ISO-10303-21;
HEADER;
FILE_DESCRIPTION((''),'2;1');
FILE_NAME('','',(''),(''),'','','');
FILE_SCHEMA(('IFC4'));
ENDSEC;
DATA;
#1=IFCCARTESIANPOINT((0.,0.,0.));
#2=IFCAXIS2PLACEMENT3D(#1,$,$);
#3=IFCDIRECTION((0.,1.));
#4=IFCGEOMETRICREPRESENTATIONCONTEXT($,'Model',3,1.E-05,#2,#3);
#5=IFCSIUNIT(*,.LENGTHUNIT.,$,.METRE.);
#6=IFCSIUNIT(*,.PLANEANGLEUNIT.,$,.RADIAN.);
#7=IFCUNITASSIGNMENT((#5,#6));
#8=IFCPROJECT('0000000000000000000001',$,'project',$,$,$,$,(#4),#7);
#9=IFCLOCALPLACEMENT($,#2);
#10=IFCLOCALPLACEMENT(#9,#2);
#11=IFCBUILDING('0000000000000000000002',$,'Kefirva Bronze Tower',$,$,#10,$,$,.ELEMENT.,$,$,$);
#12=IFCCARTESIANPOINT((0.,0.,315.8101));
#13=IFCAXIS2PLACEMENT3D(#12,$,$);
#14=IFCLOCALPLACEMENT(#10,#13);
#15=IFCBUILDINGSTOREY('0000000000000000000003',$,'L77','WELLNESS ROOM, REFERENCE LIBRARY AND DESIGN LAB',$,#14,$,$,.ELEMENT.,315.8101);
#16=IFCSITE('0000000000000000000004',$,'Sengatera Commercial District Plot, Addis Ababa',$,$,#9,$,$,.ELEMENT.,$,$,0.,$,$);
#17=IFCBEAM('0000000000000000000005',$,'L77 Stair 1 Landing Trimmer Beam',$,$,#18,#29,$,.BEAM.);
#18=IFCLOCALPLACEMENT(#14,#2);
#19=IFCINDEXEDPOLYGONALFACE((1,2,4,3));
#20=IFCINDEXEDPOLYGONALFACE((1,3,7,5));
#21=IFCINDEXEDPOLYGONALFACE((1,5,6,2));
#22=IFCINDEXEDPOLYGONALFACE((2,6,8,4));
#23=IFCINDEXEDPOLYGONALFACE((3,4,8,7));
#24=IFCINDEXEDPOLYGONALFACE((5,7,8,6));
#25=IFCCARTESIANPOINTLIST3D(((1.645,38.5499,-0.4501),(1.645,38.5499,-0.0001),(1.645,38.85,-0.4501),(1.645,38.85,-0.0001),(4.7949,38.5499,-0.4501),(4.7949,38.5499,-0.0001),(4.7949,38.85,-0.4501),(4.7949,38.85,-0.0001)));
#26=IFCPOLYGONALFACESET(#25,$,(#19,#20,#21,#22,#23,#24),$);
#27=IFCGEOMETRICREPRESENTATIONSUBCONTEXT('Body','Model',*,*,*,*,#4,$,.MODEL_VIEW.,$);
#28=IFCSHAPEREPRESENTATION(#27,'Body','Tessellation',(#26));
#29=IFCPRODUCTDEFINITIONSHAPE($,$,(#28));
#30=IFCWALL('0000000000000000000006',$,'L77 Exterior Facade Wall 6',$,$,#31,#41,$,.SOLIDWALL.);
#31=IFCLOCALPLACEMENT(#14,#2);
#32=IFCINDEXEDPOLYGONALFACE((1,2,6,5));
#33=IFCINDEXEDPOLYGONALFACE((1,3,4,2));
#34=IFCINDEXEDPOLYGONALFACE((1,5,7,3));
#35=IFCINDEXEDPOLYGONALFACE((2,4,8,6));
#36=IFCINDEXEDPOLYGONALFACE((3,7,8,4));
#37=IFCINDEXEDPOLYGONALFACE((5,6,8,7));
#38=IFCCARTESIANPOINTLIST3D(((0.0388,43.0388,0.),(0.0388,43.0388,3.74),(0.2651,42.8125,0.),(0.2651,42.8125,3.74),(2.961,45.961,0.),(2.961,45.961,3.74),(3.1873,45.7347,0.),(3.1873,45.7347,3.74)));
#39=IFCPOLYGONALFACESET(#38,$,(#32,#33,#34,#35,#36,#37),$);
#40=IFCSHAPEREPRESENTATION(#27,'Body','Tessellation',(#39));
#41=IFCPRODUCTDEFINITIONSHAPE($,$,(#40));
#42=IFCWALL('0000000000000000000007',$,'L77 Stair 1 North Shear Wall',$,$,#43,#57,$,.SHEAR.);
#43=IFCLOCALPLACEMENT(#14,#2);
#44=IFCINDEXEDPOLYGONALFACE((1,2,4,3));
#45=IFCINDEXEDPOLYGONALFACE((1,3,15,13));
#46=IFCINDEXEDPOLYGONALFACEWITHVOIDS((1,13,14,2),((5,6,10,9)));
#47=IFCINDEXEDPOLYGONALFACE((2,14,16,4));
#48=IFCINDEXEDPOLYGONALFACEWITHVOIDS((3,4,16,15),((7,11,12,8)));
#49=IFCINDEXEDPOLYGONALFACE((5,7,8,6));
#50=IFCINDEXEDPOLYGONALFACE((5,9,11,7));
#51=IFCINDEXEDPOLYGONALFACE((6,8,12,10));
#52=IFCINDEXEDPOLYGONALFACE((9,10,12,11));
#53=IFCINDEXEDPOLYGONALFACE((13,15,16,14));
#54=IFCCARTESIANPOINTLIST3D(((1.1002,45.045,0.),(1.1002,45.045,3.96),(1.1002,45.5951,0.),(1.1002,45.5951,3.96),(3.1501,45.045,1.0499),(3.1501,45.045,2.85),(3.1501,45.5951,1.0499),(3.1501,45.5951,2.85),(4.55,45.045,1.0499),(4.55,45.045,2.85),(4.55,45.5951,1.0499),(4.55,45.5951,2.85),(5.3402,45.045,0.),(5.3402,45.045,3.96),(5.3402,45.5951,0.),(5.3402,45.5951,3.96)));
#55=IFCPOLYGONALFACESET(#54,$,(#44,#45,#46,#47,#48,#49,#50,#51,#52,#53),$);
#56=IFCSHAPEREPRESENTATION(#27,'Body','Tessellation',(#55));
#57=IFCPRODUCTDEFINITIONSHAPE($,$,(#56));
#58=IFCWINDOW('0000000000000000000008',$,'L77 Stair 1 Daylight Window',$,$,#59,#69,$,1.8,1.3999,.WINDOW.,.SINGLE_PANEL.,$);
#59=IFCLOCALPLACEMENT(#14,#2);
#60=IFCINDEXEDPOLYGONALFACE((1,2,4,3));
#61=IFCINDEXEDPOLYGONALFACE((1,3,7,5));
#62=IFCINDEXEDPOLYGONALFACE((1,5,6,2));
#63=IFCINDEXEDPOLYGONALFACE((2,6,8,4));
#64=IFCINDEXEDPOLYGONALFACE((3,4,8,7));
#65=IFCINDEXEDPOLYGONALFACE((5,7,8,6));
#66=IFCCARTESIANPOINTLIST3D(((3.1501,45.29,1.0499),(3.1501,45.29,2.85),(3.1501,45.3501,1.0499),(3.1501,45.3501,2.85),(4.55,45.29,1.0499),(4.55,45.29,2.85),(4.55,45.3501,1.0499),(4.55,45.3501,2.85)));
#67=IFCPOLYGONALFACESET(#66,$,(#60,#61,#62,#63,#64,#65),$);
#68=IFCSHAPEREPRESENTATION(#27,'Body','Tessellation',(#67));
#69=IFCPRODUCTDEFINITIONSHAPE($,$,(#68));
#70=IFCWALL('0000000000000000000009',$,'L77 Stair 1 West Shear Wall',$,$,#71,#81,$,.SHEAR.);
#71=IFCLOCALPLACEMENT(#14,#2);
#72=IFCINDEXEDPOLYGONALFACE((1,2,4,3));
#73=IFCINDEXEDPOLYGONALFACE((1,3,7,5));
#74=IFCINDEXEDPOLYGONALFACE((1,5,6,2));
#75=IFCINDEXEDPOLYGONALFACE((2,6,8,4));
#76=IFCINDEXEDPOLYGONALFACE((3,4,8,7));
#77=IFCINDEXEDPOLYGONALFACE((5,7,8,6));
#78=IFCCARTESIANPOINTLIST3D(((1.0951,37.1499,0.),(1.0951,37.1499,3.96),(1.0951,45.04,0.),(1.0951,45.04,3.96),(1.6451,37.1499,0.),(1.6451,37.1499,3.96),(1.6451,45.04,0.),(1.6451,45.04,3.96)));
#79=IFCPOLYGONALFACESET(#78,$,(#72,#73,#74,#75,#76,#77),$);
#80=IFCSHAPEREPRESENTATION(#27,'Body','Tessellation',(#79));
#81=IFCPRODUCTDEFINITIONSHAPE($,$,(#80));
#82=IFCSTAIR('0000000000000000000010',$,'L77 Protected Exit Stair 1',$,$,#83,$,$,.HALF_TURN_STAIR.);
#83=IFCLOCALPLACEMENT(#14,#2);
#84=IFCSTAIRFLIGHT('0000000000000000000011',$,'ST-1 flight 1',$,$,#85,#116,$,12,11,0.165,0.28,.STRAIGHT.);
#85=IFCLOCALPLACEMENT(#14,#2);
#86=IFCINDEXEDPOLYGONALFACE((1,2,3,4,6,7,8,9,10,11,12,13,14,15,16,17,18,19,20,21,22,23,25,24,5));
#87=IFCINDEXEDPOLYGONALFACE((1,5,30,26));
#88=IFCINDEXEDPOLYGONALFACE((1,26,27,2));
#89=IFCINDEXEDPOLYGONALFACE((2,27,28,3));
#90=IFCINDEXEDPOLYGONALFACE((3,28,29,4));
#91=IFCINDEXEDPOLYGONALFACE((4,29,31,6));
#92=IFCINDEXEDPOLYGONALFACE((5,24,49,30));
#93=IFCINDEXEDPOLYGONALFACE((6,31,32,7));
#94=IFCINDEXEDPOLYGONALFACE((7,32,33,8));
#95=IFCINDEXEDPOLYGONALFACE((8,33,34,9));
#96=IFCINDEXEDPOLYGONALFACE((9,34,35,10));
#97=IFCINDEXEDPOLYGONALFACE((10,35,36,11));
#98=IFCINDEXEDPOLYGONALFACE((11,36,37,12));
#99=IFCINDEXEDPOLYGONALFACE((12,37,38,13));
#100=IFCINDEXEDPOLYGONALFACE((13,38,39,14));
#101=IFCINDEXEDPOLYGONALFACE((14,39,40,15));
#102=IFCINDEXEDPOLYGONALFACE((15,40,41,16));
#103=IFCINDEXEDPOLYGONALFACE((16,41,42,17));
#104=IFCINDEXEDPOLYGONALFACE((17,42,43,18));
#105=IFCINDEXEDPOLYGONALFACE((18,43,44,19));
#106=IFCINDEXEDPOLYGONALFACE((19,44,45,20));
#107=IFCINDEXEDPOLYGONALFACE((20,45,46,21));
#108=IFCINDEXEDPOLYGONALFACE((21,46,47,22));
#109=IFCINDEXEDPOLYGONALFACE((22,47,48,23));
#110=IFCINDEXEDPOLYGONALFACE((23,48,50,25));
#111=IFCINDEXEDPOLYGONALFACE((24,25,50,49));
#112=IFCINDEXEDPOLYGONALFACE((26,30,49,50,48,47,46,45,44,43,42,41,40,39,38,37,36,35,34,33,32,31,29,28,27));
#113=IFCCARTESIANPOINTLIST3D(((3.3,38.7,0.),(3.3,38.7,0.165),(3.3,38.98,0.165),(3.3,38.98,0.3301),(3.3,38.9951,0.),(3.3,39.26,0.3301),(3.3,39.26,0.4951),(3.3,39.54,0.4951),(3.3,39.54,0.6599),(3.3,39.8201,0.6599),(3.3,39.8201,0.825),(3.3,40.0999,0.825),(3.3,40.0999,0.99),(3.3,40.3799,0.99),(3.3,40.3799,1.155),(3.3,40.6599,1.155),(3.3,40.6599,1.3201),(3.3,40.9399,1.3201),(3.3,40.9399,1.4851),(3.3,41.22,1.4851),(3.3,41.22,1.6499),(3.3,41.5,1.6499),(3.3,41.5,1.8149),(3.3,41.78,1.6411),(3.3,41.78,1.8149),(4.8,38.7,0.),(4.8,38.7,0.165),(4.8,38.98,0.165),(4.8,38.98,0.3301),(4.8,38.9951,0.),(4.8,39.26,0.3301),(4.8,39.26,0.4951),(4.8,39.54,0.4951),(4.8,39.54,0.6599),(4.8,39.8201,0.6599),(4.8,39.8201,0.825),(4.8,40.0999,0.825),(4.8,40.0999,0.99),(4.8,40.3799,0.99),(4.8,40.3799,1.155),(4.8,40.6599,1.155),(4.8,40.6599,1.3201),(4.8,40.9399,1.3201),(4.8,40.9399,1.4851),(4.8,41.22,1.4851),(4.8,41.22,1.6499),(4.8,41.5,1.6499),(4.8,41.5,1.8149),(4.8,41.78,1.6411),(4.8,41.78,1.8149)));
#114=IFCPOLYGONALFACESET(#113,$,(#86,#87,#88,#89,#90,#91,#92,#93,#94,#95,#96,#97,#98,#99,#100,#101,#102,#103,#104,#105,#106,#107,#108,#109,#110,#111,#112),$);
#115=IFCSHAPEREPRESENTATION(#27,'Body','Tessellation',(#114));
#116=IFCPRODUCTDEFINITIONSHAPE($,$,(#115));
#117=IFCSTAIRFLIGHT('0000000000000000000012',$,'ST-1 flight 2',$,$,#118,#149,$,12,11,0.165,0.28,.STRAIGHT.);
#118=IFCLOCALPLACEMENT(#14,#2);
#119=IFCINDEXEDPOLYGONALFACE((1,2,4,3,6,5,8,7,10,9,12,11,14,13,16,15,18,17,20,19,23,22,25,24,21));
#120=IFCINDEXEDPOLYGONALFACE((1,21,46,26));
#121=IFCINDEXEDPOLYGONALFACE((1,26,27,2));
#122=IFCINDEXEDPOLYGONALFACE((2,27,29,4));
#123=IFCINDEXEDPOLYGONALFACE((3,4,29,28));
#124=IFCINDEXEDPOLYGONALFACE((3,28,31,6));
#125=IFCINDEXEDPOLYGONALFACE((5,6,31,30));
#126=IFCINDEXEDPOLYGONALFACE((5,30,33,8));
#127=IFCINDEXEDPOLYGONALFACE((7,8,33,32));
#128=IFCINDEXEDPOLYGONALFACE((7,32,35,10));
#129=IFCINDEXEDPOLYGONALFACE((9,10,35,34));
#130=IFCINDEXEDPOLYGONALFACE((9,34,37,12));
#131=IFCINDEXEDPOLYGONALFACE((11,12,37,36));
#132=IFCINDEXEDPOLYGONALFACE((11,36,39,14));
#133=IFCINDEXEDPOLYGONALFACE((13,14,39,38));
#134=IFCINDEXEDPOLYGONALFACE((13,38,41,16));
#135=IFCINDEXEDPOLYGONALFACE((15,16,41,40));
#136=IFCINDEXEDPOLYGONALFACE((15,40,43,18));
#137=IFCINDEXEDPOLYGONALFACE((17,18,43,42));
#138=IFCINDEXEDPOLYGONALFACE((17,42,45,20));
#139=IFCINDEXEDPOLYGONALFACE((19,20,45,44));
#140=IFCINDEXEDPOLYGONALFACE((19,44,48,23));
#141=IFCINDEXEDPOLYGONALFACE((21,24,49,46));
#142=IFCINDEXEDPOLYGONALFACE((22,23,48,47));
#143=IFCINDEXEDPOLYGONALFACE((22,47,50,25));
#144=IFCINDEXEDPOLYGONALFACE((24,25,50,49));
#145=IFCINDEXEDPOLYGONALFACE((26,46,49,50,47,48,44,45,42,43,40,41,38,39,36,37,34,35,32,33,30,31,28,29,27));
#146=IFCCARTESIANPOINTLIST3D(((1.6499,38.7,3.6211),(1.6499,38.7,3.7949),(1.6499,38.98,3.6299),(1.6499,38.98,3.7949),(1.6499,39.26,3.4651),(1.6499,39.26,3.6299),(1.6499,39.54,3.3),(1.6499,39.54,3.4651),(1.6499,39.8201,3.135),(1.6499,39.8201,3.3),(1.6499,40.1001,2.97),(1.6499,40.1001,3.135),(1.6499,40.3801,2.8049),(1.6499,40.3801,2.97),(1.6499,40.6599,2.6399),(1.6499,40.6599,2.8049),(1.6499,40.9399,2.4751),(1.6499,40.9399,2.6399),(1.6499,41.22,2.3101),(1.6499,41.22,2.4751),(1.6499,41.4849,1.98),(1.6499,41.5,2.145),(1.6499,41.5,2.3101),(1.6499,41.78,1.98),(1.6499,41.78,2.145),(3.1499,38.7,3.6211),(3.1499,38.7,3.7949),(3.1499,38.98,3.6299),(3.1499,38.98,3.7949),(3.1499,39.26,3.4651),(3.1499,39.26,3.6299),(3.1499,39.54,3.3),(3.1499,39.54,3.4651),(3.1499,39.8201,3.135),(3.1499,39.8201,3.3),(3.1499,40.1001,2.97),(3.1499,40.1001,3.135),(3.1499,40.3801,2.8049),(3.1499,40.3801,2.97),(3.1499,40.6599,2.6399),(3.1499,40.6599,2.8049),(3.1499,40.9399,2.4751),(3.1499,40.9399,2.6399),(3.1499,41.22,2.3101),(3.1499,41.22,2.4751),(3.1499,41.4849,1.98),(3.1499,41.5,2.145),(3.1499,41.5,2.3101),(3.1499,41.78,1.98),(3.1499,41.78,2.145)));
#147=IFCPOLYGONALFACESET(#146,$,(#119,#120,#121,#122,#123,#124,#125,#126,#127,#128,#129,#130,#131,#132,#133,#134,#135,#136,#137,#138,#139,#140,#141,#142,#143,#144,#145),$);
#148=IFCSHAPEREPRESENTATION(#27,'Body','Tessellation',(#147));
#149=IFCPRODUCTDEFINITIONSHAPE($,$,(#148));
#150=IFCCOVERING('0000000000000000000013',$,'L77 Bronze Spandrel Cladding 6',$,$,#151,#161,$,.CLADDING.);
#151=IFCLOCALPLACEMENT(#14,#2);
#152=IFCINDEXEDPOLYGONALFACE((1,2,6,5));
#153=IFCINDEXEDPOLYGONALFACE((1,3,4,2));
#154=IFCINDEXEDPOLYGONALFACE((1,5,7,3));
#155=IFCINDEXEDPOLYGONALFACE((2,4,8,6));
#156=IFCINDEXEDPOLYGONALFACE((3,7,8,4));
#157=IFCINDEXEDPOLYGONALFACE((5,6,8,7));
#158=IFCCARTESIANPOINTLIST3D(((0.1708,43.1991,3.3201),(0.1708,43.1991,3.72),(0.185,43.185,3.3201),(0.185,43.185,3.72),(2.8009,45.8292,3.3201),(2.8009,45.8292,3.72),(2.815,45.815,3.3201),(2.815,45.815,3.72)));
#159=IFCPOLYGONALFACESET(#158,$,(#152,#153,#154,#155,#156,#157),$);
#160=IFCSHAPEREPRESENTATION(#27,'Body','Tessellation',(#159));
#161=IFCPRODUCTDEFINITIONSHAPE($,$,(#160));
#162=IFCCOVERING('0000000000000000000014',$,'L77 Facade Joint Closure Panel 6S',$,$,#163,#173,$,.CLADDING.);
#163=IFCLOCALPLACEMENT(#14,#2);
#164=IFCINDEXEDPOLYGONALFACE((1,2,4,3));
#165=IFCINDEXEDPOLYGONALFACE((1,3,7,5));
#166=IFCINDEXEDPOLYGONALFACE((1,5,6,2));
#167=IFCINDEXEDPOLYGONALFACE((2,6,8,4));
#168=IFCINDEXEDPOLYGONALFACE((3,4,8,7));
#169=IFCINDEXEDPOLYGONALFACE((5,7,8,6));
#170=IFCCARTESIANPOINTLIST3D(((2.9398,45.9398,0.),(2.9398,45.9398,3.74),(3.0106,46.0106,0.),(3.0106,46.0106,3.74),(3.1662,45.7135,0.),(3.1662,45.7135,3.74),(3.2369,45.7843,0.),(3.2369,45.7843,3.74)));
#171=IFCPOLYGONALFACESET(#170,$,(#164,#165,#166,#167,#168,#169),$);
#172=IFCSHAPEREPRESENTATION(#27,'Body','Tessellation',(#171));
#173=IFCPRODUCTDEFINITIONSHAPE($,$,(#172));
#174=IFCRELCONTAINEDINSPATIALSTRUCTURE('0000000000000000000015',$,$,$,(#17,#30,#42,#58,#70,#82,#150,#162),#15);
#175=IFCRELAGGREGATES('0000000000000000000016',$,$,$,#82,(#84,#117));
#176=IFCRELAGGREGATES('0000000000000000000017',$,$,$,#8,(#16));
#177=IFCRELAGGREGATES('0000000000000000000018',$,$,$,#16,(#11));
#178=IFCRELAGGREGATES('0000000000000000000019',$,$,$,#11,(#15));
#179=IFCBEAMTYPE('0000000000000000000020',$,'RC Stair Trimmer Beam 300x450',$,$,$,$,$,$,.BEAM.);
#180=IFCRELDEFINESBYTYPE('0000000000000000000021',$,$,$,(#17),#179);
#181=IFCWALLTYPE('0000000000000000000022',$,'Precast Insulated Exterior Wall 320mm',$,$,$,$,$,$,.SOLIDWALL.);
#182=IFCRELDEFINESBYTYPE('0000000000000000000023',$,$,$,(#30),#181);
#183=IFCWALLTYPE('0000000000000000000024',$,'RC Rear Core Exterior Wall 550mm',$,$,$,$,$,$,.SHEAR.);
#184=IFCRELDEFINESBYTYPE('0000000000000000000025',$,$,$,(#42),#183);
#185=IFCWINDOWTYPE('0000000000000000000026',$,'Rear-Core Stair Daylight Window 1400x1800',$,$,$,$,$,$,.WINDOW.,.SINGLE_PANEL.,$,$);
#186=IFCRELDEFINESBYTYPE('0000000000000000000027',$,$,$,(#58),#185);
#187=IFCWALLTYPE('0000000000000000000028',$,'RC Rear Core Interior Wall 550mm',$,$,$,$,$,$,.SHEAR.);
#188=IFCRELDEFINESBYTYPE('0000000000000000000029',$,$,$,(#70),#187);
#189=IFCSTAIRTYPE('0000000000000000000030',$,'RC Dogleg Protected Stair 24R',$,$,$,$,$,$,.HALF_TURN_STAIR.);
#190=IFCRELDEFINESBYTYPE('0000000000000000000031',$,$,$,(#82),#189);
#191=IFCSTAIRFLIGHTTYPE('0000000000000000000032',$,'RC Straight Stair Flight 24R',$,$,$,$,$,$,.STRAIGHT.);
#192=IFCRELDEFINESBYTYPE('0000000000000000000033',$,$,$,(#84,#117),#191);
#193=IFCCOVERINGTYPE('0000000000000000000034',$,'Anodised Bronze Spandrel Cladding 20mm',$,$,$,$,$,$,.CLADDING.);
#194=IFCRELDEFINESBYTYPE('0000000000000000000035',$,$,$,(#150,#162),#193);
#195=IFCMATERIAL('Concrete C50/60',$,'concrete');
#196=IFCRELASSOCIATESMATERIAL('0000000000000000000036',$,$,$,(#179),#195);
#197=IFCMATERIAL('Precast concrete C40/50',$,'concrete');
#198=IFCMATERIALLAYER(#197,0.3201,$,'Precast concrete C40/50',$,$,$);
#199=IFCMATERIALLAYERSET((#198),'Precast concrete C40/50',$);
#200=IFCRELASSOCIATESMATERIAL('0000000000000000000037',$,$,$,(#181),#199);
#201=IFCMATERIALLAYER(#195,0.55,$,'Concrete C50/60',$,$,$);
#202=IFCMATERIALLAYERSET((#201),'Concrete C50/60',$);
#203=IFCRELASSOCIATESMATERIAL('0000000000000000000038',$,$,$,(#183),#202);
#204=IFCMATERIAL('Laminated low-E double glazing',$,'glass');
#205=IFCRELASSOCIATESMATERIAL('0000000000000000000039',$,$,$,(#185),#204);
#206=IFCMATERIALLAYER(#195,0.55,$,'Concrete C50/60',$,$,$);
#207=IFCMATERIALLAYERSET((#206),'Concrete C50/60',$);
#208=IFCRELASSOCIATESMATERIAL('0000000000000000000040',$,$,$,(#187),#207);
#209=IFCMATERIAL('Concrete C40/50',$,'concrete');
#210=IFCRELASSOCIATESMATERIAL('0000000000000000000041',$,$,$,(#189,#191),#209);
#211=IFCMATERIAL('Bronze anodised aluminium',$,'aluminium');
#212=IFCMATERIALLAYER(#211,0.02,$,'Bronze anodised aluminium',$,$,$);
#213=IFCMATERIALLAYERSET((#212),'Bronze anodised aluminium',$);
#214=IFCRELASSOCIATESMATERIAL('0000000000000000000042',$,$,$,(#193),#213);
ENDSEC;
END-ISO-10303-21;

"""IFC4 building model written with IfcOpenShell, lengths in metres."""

from ifc_helpers import new_model, si_unit, direction, frame, frame_2d, origin, origin_2d, place, context, subcontext, project, spatial, polyline, rectangle, outline, extrude, material, layer, layer_set, material_profile, profile_set, type_object, element, fill, aggregate, save


model = new_model("IFC4")

# Units and contexts
model_context = context("Model", 3, precision=1e-05, world=origin(), true_north=direction((0.0, 1.0)))
body_context = subcontext(model_context, "Body", "Model", "MODEL_VIEW")
ifc_project = project(units=[si_unit("LENGTHUNIT", "METRE"), si_unit("PLANEANGLEUNIT", "RADIAN")], contexts=[model_context])

# Site, building, storey
site_placement = place(None, origin())
site = spatial("IfcSite", under=ifc_project, at=site_placement, Name="Sengatera Commercial District Plot, Addis Ababa", CompositionType="ELEMENT", RefElevation=0.0)
building_placement = place(site_placement, origin())
building = spatial("IfcBuilding", under=site, at=building_placement, Name="Kefirva Bronze Tower", CompositionType="ELEMENT")
storey_placement = place(building_placement, frame((0.0, 0.0, 315.8101)))
storey = spatial("IfcBuildingStorey", under=building, at=storey_placement, Name="L77", Description="WELLNESS ROOM, REFERENCE LIBRARY AND DESIGN LAB", CompositionType="ELEMENT", Elevation=315.8101)

# Beam
ifc_material_1 = material(Name="Concrete C50/60", Category="concrete")
ifc_material_profile = material_profile(ifc_material_1, rectangle(XDim=0.3, YDim=0.45, at=origin_2d()), Name="RC 300x450")
ifc_profile_set = profile_set([ifc_material_profile], Name="Concrete C50/60")
beam_type = type_object("IfcBeamType", Name="RC Stair Trimmer Beam 300x450", PredefinedType="BEAM", material=ifc_profile_set)
beam_placement = place(storey_placement, frame((1.645, 38.7, -0.2251), z_axis=(1.0, 0.0, 0.0), x_axis=(0.0, 1.0, 0.0)))
element("IfcBeam", 1, at=beam_placement, inside=storey, type_object=beam_type, Name="L77 Stair 1 Landing Trimmer Beam", PredefinedType="BEAM", context=body_context, shape_type="SweptSolid", body=[
    extrude(rectangle(XDim=0.3, YDim=0.45, at=origin_2d()), origin(), (0.0, 0.0, 1.0), 3.1499),
])

# Wall
ifc_material_2 = material(Name="Precast concrete C40/50", Category="concrete")
ifc_layer_1 = layer(ifc_material_2, 0.3201, Name="Precast concrete C40/50")
ifc_layer_set_1 = layer_set([ifc_layer_1], Name="Precast concrete C40/50")
wall_type_1 = type_object("IfcWallType", Name="Precast Insulated Exterior Wall 320mm", PredefinedType="SOLIDWALL", material=ifc_layer_set_1)
wall_1_placement = place(storey_placement, frame((3.0742, 45.8479, 0.0), z_axis=(0.0, 0.0, 1.0), x_axis=(-0.707107, -0.707107, 0.0)))
element("IfcWall", 2, at=wall_1_placement, inside=storey, type_object=wall_type_1, Name="L77 Exterior Facade Wall 6", PredefinedType="SOLIDWALL", context=body_context, shape_type="SweptSolid", body=[
    extrude(rectangle(XDim=4.1326, YDim=0.3201, at=frame_2d((2.0664, 0.0))), origin(), (0.0, 0.0, 1.0), 3.74),
])

# Wall, opening, window
ifc_layer_2 = layer(ifc_material_1, 0.55, Name="Concrete C50/60")
ifc_layer_set_2 = layer_set([ifc_layer_2], Name="Concrete C50/60")
wall_type_2 = type_object("IfcWallType", Name="RC Rear Core Exterior Wall 550mm", PredefinedType="SHEAR", material=ifc_layer_set_2)
wall_2_placement = place(storey_placement, frame((1.1001, 45.3201, 0.0), z_axis=(0.0, 0.0, 1.0), x_axis=(1.0, 0.0, 0.0)))
wall_2 = element("IfcWall", 3, at=wall_2_placement, inside=storey, type_object=wall_type_2, Name="L77 Stair 1 North Shear Wall", PredefinedType="SHEAR", context=body_context, shape_type="SweptSolid", body=[
    extrude(rectangle(XDim=4.24, YDim=0.55, at=frame_2d((2.1201, 0.0))), origin(), (0.0, 0.0, 1.0), 3.96),
])
opening_1_placement = place(wall_2_placement, frame((2.05, 0.0, 1.05)))
opening_1 = element("IfcOpeningElement", 4, at=opening_1_placement, cuts=wall_2, PredefinedType="OPENING", context=body_context, shape_type="SweptSolid", body=[
    extrude(rectangle(XDim=1.3999, YDim=1.8, at=frame_2d((0.7, 0.8999))), frame((0.0, 0.2852, 0.0), z_axis=(0.0, -1.0, 0.0), x_axis=(1.0, 0.0, 0.0)), (0.0, 0.0, 1.0), 0.5701),
])
ifc_material_3 = material(Name="Laminated low-E double glazing", Category="glass")
window_type = type_object("IfcWindowType", Name="Rear-Core Stair Daylight Window 1400x1800", PartitioningType="SINGLE_PANEL", PredefinedType="WINDOW", material=ifc_material_3)
window_placement = place(opening_1_placement, origin())
window = element("IfcWindow", 5, at=window_placement, inside=storey, type_object=window_type, Name="L77 Stair 1 Daylight Window", OverallHeight=1.8, OverallWidth=1.3999, PartitioningType="SINGLE_PANEL", PredefinedType="WINDOW", context=body_context, shape_type="SweptSolid", body=[
    extrude(rectangle(XDim=1.3999, YDim=1.8, at=frame_2d((0.7, 0.8999))), frame((0.0, 0.03, 0.0), z_axis=(0.0, -1.0, 0.0), x_axis=(1.0, 0.0, 0.0)), (0.0, 0.0, 1.0), 0.0601),
])
fill(opening_1, window)

# Wall
ifc_layer_3 = layer(ifc_material_1, 0.55, Name="Concrete C50/60")
ifc_layer_set_3 = layer_set([ifc_layer_3], Name="Concrete C50/60")
wall_type_3 = type_object("IfcWallType", Name="RC Rear Core Interior Wall 550mm", PredefinedType="SHEAR", material=ifc_layer_set_3)
wall_3_placement = place(storey_placement, frame((1.3701, 37.1499, 0.0), z_axis=(0.0, 0.0, 1.0), x_axis=(0.0, 1.0, 0.0)))
element("IfcWall", 6, at=wall_3_placement, inside=storey, type_object=wall_type_3, Name="L77 Stair 1 West Shear Wall", PredefinedType="SHEAR", context=body_context, shape_type="SweptSolid", body=[
    extrude(rectangle(XDim=7.8901, YDim=0.55, at=frame_2d((3.9451, 0.0))), origin(), (0.0, 0.0, 1.0), 3.96),
])

# Stair, stair flights
ifc_material_4 = material(Name="Concrete C40/50", Category="concrete")
stair_type = type_object("IfcStairType", Name="RC Dogleg Protected Stair 24R", PredefinedType="HALF_TURN_STAIR", material=ifc_material_4)
stair_placement = place(storey_placement, origin())
stair = element("IfcStair", 7, at=stair_placement, inside=storey, type_object=stair_type, Name="L77 Protected Exit Stair 1", PredefinedType="HALF_TURN_STAIR")
stair_flight_type = type_object("IfcStairFlightType", Name="RC Straight Stair Flight 24R", PredefinedType="STRAIGHT", material=ifc_material_4)
stair_flight_1_placement = place(storey_placement, frame((4.05, 38.7, 0.0), z_axis=(0.0, 0.0, 1.0), x_axis=(0.0, 1.0, 0.0)))
stair_flight_1 = element("IfcStairFlight", 8, at=stair_flight_1_placement, type_object=stair_flight_type, Name="ST-1 flight 1", NumberOfRisers=12, NumberOfTreads=11, PredefinedType="STRAIGHT", RiserHeight=0.165, TreadLength=0.28, context=body_context, shape_type="SweptSolid", body=[
    extrude(outline(polyline([(0.0, 0.0), (0.0, 0.165), (0.28, 0.165), (0.28, 0.3301), (0.5601, 0.3301), (0.5601, 0.4951), (0.8401, 0.4951), (0.8401, 0.6599), (1.1201, 0.6599), (1.1201, 0.825), (1.3999, 0.825), (1.3999, 0.99), (1.6799, 0.99), (1.6799, 1.155), (1.96, 1.155), (1.96, 1.3201), (2.24, 1.3201), (2.24, 1.4851), (2.52, 1.4851), (2.52, 1.6499), (2.8, 1.6499), (2.8, 1.8149), (3.0801, 1.8149), (3.0801, 1.98), (3.0801, 1.6411), (0.2952, 0.0), (0.0, 0.0)])), frame((0.0, 0.75, 0.0), z_axis=(0.0, -1.0, 0.0), x_axis=(1.0, 0.0, 0.0)), (0.0, 0.0, 1.0), 1.5),
])
stair_flight_2_placement = place(storey_placement, frame((2.3999, 41.78, 1.98), z_axis=(0.0, 0.0, 1.0), x_axis=(0.0, -1.0, 0.0)))
stair_flight_2 = element("IfcStairFlight", 9, at=stair_flight_2_placement, type_object=stair_flight_type, Name="ST-1 flight 2", NumberOfRisers=12, NumberOfTreads=11, PredefinedType="STRAIGHT", RiserHeight=0.165, TreadLength=0.28, context=body_context, shape_type="SweptSolid", body=[
    extrude(outline(polyline([(0.0, 0.0), (0.0, 0.165), (0.28, 0.165), (0.28, 0.3301), (0.5601, 0.3301), (0.5601, 0.4951), (0.8401, 0.4951), (0.8401, 0.6599), (1.1201, 0.6599), (1.1201, 0.825), (1.3999, 0.825), (1.3999, 0.99), (1.6799, 0.99), (1.6799, 1.155), (1.96, 1.155), (1.96, 1.3201), (2.24, 1.3201), (2.24, 1.4851), (2.52, 1.4851), (2.52, 1.6499), (2.8, 1.6499), (2.8, 1.8149), (3.0801, 1.8149), (3.0801, 1.98), (3.0801, 1.6411), (0.2952, 0.0), (0.0, 0.0)])), frame((0.0, 0.75, 0.0), z_axis=(0.0, -1.0, 0.0), x_axis=(1.0, 0.0, 0.0)), (0.0, 0.0, 1.0), 1.5),
])
aggregate(stair, [stair_flight_1, stair_flight_2])

# Coverings
ifc_material_5 = material(Name="Bronze anodised aluminium", Category="aluminium")
ifc_layer_4 = layer(ifc_material_5, 0.02, Name="Bronze anodised aluminium")
ifc_layer_set_4 = layer_set([ifc_layer_4], Name="Bronze anodised aluminium")
covering_type_1 = type_object("IfcCoveringType", Name="Anodised Bronze Spandrel Cladding 20mm", PredefinedType="CLADDING", material=ifc_layer_set_4)
covering_1_placement = place(storey_placement, frame((1.4929, 44.5071, 3.3201), z_axis=(0.0, 0.0, 1.0), x_axis=(-0.707107, -0.707107, 0.0)))
element("IfcCovering", 10, at=covering_1_placement, inside=storey, type_object=covering_type_1, Name="L77 Bronze Spandrel Cladding 6", PredefinedType="CLADDING", context=body_context, shape_type="SweptSolid", body=[
    extrude(rectangle(XDim=3.7195, YDim=0.02, at=origin_2d()), origin(), (0.0, 0.0, 1.0), 0.3999),
])
for number, where, z_axis, x_axis, name in (
    (11, (3.0884, 45.8621, 0.0), (0.0, 0.0, 1.0), (-0.707107, -0.707107, 0.0), "L77 Facade Joint Closure Panel 6S"),
):
    element("IfcCovering", number, at=place(storey_placement, frame(where, z_axis=z_axis, x_axis=x_axis)), inside=storey, type_object=covering_type_1, Name=name, PredefinedType="CLADDING", context=body_context, shape_type="SweptSolid", body=[
        extrude(rectangle(XDim=0.1001, YDim=0.3201, at=origin_2d()), origin(), (0.0, 0.0, 1.0), 3.74),
    ])

save(model, "model.ifc")
